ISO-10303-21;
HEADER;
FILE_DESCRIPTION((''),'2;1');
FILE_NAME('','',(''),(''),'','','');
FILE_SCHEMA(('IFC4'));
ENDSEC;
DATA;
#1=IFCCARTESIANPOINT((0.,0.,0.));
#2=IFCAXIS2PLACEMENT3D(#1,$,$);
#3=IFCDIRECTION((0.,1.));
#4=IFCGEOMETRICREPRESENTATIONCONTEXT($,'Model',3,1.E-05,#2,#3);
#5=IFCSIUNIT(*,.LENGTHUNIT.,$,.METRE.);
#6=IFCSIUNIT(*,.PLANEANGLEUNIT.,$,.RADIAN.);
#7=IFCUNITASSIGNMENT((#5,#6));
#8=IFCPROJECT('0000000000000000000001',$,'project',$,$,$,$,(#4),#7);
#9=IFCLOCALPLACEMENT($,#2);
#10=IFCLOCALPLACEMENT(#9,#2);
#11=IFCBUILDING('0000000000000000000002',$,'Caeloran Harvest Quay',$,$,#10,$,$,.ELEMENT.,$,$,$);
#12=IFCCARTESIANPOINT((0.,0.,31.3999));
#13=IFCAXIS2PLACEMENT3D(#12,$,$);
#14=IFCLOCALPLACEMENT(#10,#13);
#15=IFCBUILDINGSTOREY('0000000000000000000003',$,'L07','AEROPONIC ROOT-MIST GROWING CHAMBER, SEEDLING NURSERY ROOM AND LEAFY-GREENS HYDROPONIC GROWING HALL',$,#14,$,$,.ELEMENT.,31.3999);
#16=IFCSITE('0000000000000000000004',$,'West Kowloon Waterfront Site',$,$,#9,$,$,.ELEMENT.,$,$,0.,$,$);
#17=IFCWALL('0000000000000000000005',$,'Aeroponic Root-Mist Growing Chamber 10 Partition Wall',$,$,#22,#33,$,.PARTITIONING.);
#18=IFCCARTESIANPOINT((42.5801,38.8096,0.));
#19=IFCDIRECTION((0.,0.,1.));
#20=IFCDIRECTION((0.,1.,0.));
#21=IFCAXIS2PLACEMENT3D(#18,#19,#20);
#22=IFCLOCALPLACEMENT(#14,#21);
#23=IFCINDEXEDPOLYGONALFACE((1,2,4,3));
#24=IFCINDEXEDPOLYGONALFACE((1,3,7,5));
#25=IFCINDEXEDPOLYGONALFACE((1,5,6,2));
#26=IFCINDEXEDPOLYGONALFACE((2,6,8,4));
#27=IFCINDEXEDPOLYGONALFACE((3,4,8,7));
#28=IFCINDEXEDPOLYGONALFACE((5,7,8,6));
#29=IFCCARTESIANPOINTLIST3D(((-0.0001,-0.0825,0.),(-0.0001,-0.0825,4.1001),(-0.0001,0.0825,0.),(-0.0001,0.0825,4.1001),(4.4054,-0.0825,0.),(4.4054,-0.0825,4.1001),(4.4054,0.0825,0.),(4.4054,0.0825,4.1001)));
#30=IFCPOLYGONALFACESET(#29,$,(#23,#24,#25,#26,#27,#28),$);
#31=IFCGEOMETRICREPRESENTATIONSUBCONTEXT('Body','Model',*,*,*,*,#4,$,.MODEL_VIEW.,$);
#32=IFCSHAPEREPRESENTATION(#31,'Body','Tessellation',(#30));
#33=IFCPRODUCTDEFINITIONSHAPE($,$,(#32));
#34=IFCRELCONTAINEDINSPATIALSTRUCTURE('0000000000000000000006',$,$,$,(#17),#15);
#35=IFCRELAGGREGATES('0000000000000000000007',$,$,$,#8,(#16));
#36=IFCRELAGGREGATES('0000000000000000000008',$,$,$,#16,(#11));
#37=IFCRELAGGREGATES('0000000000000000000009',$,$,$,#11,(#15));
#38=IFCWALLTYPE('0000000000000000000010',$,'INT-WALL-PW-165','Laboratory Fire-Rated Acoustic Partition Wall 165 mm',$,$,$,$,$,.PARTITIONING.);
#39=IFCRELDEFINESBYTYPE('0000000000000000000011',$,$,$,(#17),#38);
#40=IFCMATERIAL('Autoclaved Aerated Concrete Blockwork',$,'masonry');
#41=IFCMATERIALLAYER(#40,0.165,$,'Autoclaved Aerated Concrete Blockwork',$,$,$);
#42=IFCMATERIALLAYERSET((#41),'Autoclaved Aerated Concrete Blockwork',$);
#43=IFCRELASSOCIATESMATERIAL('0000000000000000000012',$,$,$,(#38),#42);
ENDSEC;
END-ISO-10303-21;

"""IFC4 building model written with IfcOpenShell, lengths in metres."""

from ifc_helpers import new_model, si_unit, direction, frame, frame_2d, origin, place, context, subcontext, project, spatial, rectangle, extrude, material, layer, layer_set, type_object, element, save


model = new_model("IFC4")

# Units and contexts
model_context = context("Model", 3, precision=1e-05, world=origin(), true_north=direction((0.0, 1.0)))
body_context = subcontext(model_context, "Body", "Model", "MODEL_VIEW")
ifc_project = project(units=[si_unit("LENGTHUNIT", "METRE"), si_unit("PLANEANGLEUNIT", "RADIAN")], contexts=[model_context])

# Site, building, storey
site_placement = place(None, origin())
site = spatial("IfcSite", under=ifc_project, at=site_placement, Name="West Kowloon Waterfront Site", CompositionType="ELEMENT", RefElevation=0.0)
building_placement = place(site_placement, origin())
building = spatial("IfcBuilding", under=site, at=building_placement, Name="Caeloran Harvest Quay", CompositionType="ELEMENT")
storey_placement = place(building_placement, frame((0.0, 0.0, 31.3999)))
storey = spatial("IfcBuildingStorey", under=building, at=storey_placement, Name="L07", Description="AEROPONIC ROOT-MIST GROWING CHAMBER, SEEDLING NURSERY ROOM AND LEAFY-GREENS HYDROPONIC GROWING HALL", CompositionType="ELEMENT", Elevation=31.3999)

# Wall
ifc_material_1 = material(Name="Autoclaved Aerated Concrete Blockwork", Category="masonry")
ifc_layer_1 = layer(ifc_material_1, 0.165, Name="Autoclaved Aerated Concrete Blockwork")
ifc_layer_set_1 = layer_set([ifc_layer_1], Name="Autoclaved Aerated Concrete Blockwork")
wall_type_1 = type_object("IfcWallType", Name="INT-WALL-PW-165", Description="Laboratory Fire-Rated Acoustic Partition Wall 165 mm", PredefinedType="PARTITIONING", material=ifc_layer_set_1)
wall_1_placement = place(storey_placement, frame((42.5801, 38.8096, 0.0), z_axis=(0.0, 0.0, 1.0), x_axis=(0.0, 1.0, 0.0)))
element("IfcWall", 1, at=wall_1_placement, inside=storey, type_object=wall_type_1, Name="Aeroponic Root-Mist Growing Chamber 10 Partition Wall", PredefinedType="PARTITIONING", context=body_context, shape_type="SweptSolid", body=[
    extrude(rectangle(XDim=4.4055, YDim=0.165, at=frame_2d((2.2026, 0.0))), origin(), (0.0, 0.0, 1.0), 4.1001),
])

save(model, "model.ifc")
